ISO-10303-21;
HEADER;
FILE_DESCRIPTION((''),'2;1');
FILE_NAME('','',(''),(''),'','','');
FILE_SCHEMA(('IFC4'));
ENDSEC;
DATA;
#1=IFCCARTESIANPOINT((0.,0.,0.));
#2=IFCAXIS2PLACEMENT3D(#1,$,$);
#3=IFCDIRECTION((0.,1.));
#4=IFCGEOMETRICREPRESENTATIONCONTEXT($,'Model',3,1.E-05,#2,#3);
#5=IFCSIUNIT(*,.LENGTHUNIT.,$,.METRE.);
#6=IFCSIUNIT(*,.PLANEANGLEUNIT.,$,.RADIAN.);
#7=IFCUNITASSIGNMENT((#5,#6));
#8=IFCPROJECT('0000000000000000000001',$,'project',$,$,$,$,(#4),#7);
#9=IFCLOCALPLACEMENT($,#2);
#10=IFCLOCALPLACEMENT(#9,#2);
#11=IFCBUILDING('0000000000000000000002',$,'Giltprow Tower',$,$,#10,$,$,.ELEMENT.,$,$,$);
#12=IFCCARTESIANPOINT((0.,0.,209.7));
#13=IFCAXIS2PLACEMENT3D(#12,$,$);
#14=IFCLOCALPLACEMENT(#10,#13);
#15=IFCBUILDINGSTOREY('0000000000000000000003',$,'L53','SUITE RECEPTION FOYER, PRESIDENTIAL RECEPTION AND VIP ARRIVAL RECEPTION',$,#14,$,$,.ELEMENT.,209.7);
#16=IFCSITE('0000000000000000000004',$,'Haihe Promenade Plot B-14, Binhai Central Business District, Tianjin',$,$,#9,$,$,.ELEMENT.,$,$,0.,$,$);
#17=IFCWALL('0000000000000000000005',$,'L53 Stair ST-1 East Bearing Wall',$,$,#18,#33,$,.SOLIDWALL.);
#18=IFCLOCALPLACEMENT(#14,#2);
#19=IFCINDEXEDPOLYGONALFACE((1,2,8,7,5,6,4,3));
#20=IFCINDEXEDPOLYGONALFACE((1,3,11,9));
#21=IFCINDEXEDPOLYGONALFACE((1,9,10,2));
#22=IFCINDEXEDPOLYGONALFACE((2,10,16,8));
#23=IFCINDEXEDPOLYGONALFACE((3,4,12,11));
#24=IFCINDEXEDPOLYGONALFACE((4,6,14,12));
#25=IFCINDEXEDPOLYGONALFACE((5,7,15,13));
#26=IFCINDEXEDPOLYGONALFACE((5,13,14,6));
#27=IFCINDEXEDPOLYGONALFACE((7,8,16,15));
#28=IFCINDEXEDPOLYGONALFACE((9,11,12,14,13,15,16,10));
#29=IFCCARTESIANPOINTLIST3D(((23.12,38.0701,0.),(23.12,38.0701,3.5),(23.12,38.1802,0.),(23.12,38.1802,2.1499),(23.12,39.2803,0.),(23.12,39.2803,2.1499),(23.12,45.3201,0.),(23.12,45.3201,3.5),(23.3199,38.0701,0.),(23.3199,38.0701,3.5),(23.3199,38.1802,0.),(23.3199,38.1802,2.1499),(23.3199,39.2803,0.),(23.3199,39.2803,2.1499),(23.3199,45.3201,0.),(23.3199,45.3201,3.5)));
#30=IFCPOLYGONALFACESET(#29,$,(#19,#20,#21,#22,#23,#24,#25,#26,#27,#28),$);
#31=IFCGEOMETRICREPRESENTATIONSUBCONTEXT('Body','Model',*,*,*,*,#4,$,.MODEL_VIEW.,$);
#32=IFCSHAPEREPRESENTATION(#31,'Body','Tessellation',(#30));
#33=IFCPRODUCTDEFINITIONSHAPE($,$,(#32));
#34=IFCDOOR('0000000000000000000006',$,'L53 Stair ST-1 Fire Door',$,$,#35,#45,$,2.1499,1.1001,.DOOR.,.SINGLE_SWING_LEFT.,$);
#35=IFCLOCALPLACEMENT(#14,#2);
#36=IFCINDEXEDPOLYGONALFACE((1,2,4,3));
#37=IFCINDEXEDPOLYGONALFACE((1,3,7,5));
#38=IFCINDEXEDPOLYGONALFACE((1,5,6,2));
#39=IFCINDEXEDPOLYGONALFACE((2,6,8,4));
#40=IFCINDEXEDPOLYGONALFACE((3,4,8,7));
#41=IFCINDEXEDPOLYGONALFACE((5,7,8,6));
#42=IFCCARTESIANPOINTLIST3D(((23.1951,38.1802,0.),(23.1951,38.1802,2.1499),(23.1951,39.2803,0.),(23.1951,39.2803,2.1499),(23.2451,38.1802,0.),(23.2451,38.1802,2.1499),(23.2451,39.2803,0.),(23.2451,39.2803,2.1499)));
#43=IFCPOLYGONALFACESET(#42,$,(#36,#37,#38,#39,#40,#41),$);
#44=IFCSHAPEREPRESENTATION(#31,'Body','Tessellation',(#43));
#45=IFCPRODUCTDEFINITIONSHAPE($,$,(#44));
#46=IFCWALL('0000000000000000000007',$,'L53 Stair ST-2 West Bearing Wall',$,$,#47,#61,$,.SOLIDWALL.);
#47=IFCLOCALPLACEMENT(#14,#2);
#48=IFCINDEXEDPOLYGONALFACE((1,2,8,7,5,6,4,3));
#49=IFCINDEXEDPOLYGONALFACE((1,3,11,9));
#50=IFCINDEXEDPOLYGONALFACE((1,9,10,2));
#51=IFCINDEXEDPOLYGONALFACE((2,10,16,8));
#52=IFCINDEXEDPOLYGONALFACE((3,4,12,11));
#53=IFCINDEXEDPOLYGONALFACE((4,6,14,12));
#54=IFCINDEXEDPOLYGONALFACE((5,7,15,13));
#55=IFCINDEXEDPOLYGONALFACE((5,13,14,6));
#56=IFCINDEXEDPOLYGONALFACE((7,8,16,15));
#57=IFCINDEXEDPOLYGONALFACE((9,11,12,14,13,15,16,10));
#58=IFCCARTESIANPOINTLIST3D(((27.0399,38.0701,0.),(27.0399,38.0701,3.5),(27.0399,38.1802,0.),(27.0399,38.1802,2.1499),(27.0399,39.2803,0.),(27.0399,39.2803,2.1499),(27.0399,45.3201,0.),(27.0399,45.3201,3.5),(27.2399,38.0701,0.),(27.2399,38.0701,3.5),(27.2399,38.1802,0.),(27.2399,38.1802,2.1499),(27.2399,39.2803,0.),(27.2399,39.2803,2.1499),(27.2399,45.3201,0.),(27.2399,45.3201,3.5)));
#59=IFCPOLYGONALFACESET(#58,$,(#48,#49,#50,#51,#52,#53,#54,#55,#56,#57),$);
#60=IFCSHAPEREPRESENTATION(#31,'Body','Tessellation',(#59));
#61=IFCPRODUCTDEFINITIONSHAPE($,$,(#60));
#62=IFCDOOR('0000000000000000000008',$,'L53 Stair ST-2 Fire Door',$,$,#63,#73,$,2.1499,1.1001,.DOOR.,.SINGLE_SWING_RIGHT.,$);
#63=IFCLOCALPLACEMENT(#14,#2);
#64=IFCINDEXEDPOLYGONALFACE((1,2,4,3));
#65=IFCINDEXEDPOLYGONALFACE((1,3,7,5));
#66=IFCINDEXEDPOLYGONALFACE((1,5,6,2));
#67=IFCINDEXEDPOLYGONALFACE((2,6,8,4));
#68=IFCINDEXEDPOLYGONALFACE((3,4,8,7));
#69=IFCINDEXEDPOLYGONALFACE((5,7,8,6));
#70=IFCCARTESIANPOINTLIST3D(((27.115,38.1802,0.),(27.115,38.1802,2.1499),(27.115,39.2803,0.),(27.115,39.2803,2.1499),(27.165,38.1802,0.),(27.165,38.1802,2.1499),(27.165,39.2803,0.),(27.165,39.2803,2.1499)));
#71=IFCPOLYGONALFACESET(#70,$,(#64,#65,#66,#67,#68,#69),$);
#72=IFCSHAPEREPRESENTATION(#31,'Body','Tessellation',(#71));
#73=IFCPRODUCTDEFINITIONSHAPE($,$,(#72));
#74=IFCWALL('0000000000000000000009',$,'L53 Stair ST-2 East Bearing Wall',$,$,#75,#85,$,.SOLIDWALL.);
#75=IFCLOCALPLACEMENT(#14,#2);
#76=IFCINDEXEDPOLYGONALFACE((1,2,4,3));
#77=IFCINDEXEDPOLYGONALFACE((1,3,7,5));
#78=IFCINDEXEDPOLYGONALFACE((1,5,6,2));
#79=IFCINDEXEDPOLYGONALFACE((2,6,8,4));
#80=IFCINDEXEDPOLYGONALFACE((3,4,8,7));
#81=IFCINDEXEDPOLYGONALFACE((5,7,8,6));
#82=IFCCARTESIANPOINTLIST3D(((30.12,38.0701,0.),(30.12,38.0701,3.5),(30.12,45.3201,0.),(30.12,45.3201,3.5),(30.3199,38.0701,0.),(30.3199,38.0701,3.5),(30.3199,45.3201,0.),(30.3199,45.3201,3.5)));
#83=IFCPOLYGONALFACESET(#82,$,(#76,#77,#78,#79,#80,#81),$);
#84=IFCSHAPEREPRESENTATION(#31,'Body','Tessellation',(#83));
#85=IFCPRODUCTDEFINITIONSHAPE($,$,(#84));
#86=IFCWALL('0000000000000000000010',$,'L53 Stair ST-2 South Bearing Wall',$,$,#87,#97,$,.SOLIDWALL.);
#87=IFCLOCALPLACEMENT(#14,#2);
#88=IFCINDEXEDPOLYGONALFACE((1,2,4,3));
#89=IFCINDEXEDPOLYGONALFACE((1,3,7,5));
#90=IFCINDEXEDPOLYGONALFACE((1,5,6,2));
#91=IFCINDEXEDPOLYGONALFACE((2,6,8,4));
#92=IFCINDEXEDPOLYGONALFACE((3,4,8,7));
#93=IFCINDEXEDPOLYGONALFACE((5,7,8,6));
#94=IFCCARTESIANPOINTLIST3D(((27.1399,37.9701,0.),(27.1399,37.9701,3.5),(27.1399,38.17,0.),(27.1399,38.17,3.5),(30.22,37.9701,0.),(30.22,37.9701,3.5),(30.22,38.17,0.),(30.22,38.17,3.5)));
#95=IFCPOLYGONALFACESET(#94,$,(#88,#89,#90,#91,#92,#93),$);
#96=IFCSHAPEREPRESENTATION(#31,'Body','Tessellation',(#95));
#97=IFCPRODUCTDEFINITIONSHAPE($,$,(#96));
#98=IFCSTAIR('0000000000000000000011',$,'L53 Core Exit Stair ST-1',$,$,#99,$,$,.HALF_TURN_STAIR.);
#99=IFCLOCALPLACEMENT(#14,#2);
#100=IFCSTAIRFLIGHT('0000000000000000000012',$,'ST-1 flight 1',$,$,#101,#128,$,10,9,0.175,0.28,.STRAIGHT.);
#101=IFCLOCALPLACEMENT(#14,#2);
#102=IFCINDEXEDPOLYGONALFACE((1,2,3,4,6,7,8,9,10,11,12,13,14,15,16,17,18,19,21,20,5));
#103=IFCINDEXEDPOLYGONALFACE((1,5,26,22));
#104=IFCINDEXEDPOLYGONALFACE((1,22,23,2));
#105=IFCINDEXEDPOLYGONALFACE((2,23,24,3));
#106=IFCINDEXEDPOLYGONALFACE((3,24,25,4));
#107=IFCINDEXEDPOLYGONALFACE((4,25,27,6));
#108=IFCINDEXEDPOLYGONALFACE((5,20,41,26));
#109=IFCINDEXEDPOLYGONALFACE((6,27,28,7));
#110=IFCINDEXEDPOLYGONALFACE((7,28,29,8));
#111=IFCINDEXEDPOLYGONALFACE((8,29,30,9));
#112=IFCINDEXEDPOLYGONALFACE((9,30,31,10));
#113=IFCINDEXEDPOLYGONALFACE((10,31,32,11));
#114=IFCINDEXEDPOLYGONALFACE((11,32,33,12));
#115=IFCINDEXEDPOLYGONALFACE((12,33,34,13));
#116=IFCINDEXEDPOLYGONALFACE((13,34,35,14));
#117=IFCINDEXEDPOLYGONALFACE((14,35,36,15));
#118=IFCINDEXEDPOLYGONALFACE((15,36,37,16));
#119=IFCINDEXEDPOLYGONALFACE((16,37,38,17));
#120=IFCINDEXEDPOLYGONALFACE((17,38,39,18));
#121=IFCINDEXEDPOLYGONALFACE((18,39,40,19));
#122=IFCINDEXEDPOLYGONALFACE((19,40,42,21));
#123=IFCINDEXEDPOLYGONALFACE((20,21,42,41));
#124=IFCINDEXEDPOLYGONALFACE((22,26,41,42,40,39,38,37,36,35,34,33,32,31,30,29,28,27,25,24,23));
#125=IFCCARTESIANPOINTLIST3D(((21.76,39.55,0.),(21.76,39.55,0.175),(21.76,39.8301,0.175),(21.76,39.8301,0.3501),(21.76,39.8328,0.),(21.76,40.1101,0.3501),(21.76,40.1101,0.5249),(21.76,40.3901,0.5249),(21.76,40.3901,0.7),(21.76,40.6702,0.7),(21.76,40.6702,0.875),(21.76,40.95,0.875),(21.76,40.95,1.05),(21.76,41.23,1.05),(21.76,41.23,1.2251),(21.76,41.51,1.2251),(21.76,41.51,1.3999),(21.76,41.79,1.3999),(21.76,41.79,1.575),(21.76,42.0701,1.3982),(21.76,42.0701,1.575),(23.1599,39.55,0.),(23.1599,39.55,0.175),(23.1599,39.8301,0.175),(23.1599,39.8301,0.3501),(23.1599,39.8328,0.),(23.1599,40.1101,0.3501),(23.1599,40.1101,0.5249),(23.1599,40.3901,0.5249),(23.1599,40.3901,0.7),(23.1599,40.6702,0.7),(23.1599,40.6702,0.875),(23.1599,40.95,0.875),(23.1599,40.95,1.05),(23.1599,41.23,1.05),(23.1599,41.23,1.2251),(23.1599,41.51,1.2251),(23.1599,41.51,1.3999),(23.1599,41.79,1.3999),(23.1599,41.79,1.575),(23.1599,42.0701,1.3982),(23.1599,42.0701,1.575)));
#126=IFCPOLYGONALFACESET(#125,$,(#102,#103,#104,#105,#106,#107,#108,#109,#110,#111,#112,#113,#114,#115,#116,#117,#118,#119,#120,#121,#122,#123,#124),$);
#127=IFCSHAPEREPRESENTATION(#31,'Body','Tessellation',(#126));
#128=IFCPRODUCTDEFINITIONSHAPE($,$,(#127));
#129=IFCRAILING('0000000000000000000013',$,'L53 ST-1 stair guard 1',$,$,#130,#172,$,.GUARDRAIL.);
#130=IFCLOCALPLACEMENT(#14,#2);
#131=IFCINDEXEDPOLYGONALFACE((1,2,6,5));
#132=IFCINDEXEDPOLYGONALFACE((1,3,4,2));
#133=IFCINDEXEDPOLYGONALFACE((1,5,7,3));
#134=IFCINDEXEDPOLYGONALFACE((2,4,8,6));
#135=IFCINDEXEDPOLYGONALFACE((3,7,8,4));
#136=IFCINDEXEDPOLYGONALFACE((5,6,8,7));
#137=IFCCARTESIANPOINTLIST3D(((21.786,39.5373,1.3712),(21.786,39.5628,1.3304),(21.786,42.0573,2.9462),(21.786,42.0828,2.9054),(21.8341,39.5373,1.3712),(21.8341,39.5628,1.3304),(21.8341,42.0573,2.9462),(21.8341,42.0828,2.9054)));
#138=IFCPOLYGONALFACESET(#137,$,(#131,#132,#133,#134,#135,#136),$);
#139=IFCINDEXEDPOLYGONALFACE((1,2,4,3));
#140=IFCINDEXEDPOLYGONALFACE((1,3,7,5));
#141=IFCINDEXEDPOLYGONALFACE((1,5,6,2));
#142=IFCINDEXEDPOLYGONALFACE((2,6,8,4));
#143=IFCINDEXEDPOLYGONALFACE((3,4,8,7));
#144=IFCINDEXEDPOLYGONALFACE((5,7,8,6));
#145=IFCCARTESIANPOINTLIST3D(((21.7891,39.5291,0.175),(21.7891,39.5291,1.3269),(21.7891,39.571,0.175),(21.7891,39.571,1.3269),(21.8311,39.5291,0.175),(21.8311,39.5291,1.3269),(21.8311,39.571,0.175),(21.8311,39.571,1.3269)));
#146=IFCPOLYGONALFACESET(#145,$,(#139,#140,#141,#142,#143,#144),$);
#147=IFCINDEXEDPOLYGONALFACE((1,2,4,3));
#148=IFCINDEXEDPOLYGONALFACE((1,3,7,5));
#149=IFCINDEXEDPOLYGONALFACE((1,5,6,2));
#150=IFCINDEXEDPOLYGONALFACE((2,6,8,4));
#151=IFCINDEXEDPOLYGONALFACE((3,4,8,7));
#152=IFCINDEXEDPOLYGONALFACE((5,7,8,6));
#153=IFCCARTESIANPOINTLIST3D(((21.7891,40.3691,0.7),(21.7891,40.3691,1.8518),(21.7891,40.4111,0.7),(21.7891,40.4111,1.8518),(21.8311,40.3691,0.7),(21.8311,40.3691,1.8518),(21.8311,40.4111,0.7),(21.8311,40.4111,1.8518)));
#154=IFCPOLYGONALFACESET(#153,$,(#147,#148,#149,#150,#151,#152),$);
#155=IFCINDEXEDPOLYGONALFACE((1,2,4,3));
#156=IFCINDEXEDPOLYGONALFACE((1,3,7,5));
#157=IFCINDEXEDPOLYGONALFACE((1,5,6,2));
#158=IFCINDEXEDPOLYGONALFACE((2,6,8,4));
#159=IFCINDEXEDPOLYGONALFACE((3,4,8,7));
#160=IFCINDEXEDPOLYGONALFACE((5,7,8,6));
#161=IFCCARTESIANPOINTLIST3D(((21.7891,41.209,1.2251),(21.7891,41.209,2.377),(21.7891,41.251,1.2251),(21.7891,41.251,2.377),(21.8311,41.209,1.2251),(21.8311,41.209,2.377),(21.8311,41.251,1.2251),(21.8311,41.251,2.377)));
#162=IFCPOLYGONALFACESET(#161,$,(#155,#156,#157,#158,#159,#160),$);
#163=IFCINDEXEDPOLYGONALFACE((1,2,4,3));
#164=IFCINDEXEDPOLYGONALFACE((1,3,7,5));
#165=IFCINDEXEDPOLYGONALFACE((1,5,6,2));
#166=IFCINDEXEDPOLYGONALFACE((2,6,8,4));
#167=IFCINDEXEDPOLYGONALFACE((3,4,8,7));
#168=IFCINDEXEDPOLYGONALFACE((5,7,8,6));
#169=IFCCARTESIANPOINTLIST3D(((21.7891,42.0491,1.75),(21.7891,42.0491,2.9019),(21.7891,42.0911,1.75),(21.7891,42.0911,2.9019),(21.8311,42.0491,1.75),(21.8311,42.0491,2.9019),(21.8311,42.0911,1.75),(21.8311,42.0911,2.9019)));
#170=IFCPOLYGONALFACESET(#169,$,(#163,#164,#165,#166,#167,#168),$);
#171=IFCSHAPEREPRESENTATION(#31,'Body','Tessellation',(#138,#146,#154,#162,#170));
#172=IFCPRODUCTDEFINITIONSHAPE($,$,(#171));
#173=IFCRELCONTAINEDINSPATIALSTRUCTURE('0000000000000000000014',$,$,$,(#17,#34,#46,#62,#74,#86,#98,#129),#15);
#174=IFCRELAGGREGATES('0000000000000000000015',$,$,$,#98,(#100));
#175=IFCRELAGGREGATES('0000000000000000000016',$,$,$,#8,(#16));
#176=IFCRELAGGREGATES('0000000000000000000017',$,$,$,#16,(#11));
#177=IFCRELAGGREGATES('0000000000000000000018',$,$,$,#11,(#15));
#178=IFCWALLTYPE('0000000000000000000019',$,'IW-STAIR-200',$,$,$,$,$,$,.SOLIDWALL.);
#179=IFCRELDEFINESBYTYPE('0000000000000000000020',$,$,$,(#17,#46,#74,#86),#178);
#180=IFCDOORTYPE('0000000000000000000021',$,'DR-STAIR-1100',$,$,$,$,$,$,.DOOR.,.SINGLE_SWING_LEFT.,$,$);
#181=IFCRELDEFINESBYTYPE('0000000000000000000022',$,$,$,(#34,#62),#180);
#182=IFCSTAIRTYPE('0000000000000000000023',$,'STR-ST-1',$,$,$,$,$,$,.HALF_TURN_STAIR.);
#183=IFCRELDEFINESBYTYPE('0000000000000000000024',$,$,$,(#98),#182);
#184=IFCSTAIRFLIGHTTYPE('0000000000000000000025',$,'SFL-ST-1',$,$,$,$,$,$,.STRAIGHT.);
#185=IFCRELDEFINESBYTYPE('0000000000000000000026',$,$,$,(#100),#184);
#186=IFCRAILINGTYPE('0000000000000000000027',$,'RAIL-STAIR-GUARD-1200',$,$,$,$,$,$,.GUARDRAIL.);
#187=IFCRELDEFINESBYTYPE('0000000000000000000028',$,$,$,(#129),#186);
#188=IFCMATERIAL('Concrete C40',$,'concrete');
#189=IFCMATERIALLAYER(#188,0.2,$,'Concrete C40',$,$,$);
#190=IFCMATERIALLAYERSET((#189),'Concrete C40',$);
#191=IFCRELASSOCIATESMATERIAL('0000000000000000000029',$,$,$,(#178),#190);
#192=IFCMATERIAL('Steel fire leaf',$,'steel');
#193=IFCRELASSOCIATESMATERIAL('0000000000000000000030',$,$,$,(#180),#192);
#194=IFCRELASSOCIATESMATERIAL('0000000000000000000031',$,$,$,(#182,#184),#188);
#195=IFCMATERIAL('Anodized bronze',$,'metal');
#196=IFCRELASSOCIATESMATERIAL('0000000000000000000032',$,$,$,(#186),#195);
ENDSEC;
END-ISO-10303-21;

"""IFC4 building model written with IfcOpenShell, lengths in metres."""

from ifc_helpers import new_model, si_unit, direction, frame, frame_2d, origin, origin_2d, place, context, subcontext, project, spatial, polyline, rectangle, outline, extrude, source, transform, mapped, material, layer, layer_set, type_object, element, fill, aggregate, save


model = new_model("IFC4")

# Units and contexts
model_context = context("Model", 3, precision=1e-05, world=origin(), true_north=direction((0.0, 1.0)))
body_context = subcontext(model_context, "Body", "Model", "MODEL_VIEW")
ifc_project = project(units=[si_unit("LENGTHUNIT", "METRE"), si_unit("PLANEANGLEUNIT", "RADIAN")], contexts=[model_context])

# Site, building, storey
site_placement = place(None, origin())
site = spatial("IfcSite", under=ifc_project, at=site_placement, Name="Haihe Promenade Plot B-14, Binhai Central Business District, Tianjin", CompositionType="ELEMENT", RefElevation=0.0)
building_placement = place(site_placement, origin())
building = spatial("IfcBuilding", under=site, at=building_placement, Name="Giltprow Tower", CompositionType="ELEMENT")
storey_placement = place(building_placement, frame((0.0, 0.0, 209.7)))
storey = spatial("IfcBuildingStorey", under=building, at=storey_placement, Name="L53", Description="SUITE RECEPTION FOYER, PRESIDENTIAL RECEPTION AND VIP ARRIVAL RECEPTION", CompositionType="ELEMENT", Elevation=209.7)

# Walls, openings, doors
ifc_material_1 = material(Name="Concrete C40", Category="concrete")
ifc_layer_1 = layer(ifc_material_1, 0.2, Name="Concrete C40")
ifc_layer_set_1 = layer_set([ifc_layer_1], Name="Concrete C40")
wall_type_1 = type_object("IfcWallType", Name="IW-STAIR-200", PredefinedType="SOLIDWALL", material=ifc_layer_set_1)
wall_1_placement = place(storey_placement, frame((23.22, 38.0701, 0.0), z_axis=(0.0, 0.0, 1.0), x_axis=(0.0, 1.0, 0.0)))
wall_1 = element("IfcWall", 1, at=wall_1_placement, inside=storey, type_object=wall_type_1, Name="L53 Stair ST-1 East Bearing Wall", PredefinedType="SOLIDWALL", context=body_context, shape_type="SweptSolid", body=[
    extrude(rectangle(XDim=7.25, YDim=0.2, at=frame_2d((3.625, 0.0))), origin(), (0.0, 0.0, 1.0), 3.5),
])
opening_1_placement = place(wall_1_placement, frame((0.1101, 0.0, 0.0)))
opening_1 = element("IfcOpeningElement", 2, at=opening_1_placement, cuts=wall_1, PredefinedType="OPENING", context=body_context, shape_type="SweptSolid", body=[
    extrude(rectangle(XDim=1.1001, YDim=2.1499, at=frame_2d((0.55, 1.075))), frame((0.0, 0.1099, 0.0), z_axis=(0.0, -1.0, 0.0), x_axis=(1.0, 0.0, 0.0)), (0.0, 0.0, 1.0), 0.22),
])
ifc_material_2 = material(Name="Steel fire leaf", Category="steel")
door_type_1 = type_object("IfcDoorType", Name="DR-STAIR-1100", OperationType="SINGLE_SWING_LEFT", PredefinedType="DOOR", material=ifc_material_2)
shared_shape_1 = source(origin(), body_context, "Body", "SweptSolid", [
    extrude(rectangle(XDim=1.1001, YDim=2.1499, at=frame_2d((0.55, 1.075))), frame((0.0, 0.0249, 0.0), z_axis=(0.0, -1.0, 0.0), x_axis=(1.0, 0.0, 0.0)), (0.0, 0.0, 1.0), 0.05),
])
door_1_placement = place(opening_1_placement, origin())
door_1 = element("IfcDoor", 3, at=door_1_placement, inside=storey, type_object=door_type_1, Name="L53 Stair ST-1 Fire Door", OperationType="SINGLE_SWING_LEFT", OverallHeight=2.1499, OverallWidth=1.1001, PredefinedType="DOOR", context=body_context, shape_type="MappedRepresentation", body=[
    mapped(shared_shape_1, transform((0.0, 0.0, 0.0), x_axis=(1.0, 0.0, 0.0), y_axis=(0.0, 1.0, 0.0), z_axis=(0.0, 0.0, 1.0), scale=1.0)),
])
fill(opening_1, door_1)
wall_2_placement = place(storey_placement, frame((27.1399, 38.0701, 0.0), z_axis=(0.0, 0.0, 1.0), x_axis=(0.0, 1.0, 0.0)))
wall_2 = element("IfcWall", 4, at=wall_2_placement, inside=storey, type_object=wall_type_1, Name="L53 Stair ST-2 West Bearing Wall", PredefinedType="SOLIDWALL", context=body_context, shape_type="SweptSolid", body=[
    extrude(rectangle(XDim=7.25, YDim=0.2, at=frame_2d((3.625, 0.0))), origin(), (0.0, 0.0, 1.0), 3.5),
])
opening_2_placement = place(wall_2_placement, frame((0.1101, 0.0, 0.0)))
opening_2 = element("IfcOpeningElement", 5, at=opening_2_placement, cuts=wall_2, PredefinedType="OPENING", context=body_context, shape_type="SweptSolid", body=[
    extrude(rectangle(XDim=1.1001, YDim=2.1499, at=frame_2d((0.55, 1.075))), frame((0.0, 0.1099, 0.0), z_axis=(0.0, -1.0, 0.0), x_axis=(1.0, 0.0, 0.0)), (0.0, 0.0, 1.0), 0.22),
])
door_2_placement = place(opening_2_placement, origin())
door_2 = element("IfcDoor", 6, at=door_2_placement, inside=storey, type_object=door_type_1, Name="L53 Stair ST-2 Fire Door", OperationType="SINGLE_SWING_RIGHT", OverallHeight=2.1499, OverallWidth=1.1001, PredefinedType="DOOR", context=body_context, shape_type="MappedRepresentation", body=[
    mapped(shared_shape_1, transform((0.0, 0.0, 0.0), x_axis=(1.0, 0.0, 0.0), y_axis=(0.0, 1.0, 0.0), z_axis=(0.0, 0.0, 1.0), scale=1.0)),
])
fill(opening_2, door_2)

# Walls
wall_3_placement = place(storey_placement, frame((30.22, 38.0701, 0.0), z_axis=(0.0, 0.0, 1.0), x_axis=(0.0, 1.0, 0.0)))
element("IfcWall", 7, at=wall_3_placement, inside=storey, type_object=wall_type_1, Name="L53 Stair ST-2 East Bearing Wall", PredefinedType="SOLIDWALL", context=body_context, shape_type="SweptSolid", body=[
    extrude(rectangle(XDim=7.25, YDim=0.2, at=frame_2d((3.625, 0.0))), origin(), (0.0, 0.0, 1.0), 3.5),
])
wall_4_placement = place(storey_placement, frame((27.1399, 38.0701, 0.0), z_axis=(0.0, 0.0, 1.0), x_axis=(1.0, 0.0, 0.0)))
element("IfcWall", 8, at=wall_4_placement, inside=storey, type_object=wall_type_1, Name="L53 Stair ST-2 South Bearing Wall", PredefinedType="SOLIDWALL", context=body_context, shape_type="SweptSolid", body=[
    extrude(rectangle(XDim=3.0801, YDim=0.2, at=frame_2d((1.54, 0.0))), origin(), (0.0, 0.0, 1.0), 3.5),
])

# Stair, stair flight
stair_type = type_object("IfcStairType", Name="STR-ST-1", PredefinedType="HALF_TURN_STAIR", material=ifc_material_1)
stair_placement = place(storey_placement, origin())
stair = element("IfcStair", 9, at=stair_placement, inside=storey, type_object=stair_type, Name="L53 Core Exit Stair ST-1", PredefinedType="HALF_TURN_STAIR")
stair_flight_type = type_object("IfcStairFlightType", Name="SFL-ST-1", PredefinedType="STRAIGHT", material=ifc_material_1)
stair_flight_placement = place(storey_placement, frame((22.46, 39.55, 0.0), z_axis=(0.0, 0.0, 1.0), x_axis=(0.0, 1.0, 0.0)))
stair_flight = element("IfcStairFlight", 10, at=stair_flight_placement, type_object=stair_flight_type, Name="ST-1 flight 1", NumberOfRisers=10, NumberOfTreads=9, PredefinedType="STRAIGHT", RiserHeight=0.175, TreadLength=0.28, context=body_context, shape_type="SweptSolid", body=[
    extrude(outline(polyline([(0.0, 0.0), (0.0, 0.175), (0.28, 0.175), (0.28, 0.3501), (0.5601, 0.3501), (0.5601, 0.5249), (0.8401, 0.5249), (0.8401, 0.7), (1.1201, 0.7), (1.1201, 0.875), (1.3999, 0.875), (1.3999, 1.05), (1.6799, 1.05), (1.6799, 1.2251), (1.96, 1.2251), (1.96, 1.3999), (2.24, 1.3999), (2.24, 1.575), (2.52, 1.575), (2.52, 1.75), (2.52, 1.3982), (0.2827, 0.0), (0.0, 0.0)])), frame((0.0, 0.7, 0.0), z_axis=(0.0, -1.0, 0.0), x_axis=(1.0, 0.0, 0.0)), (0.0, 0.0, 1.0), 1.3999),
])
aggregate(stair, [stair_flight])

# Railing
ifc_material_3 = material(Name="Anodized bronze", Category="metal")
railing_type_1 = type_object("IfcRailingType", Name="RAIL-STAIR-GUARD-1200", PredefinedType="GUARDRAIL", material=ifc_material_3)
railing_1_placement = place(storey_placement, frame((21.8101, 39.55, 0.175)))
element("IfcRailing", 11, at=railing_1_placement, inside=storey, type_object=railing_type_1, Name="L53 ST-1 stair guard 1", PredefinedType="GUARDRAIL", context=body_context, shape_type="SweptSolid", body=[
    extrude(rectangle(XDim=0.0481, YDim=0.0481, at=origin_2d()), frame((0.0, 0.0, 1.1758), z_axis=(0.0, 0.848008, 0.529984), x_axis=(-1.0, 0.0, 0.0)), (0.0, 0.0, 1.0), 2.9717),
    extrude(rectangle(XDim=0.042, YDim=0.042, at=origin_2d()), origin(), (0.0, 0.0, 1.0), 1.1519),
    extrude(rectangle(XDim=0.042, YDim=0.042, at=origin_2d()), frame((0.0, 0.8401, 0.5249)), (0.0, 0.0, 1.0), 1.1519),
    extrude(rectangle(XDim=0.042, YDim=0.042, at=origin_2d()), frame((0.0, 1.6799, 1.05)), (0.0, 0.0, 1.0), 1.1519),
    extrude(rectangle(XDim=0.042, YDim=0.042, at=origin_2d()), frame((0.0, 2.52, 1.575)), (0.0, 0.0, 1.0), 1.1519),
])

save(model, "model.ifc")
